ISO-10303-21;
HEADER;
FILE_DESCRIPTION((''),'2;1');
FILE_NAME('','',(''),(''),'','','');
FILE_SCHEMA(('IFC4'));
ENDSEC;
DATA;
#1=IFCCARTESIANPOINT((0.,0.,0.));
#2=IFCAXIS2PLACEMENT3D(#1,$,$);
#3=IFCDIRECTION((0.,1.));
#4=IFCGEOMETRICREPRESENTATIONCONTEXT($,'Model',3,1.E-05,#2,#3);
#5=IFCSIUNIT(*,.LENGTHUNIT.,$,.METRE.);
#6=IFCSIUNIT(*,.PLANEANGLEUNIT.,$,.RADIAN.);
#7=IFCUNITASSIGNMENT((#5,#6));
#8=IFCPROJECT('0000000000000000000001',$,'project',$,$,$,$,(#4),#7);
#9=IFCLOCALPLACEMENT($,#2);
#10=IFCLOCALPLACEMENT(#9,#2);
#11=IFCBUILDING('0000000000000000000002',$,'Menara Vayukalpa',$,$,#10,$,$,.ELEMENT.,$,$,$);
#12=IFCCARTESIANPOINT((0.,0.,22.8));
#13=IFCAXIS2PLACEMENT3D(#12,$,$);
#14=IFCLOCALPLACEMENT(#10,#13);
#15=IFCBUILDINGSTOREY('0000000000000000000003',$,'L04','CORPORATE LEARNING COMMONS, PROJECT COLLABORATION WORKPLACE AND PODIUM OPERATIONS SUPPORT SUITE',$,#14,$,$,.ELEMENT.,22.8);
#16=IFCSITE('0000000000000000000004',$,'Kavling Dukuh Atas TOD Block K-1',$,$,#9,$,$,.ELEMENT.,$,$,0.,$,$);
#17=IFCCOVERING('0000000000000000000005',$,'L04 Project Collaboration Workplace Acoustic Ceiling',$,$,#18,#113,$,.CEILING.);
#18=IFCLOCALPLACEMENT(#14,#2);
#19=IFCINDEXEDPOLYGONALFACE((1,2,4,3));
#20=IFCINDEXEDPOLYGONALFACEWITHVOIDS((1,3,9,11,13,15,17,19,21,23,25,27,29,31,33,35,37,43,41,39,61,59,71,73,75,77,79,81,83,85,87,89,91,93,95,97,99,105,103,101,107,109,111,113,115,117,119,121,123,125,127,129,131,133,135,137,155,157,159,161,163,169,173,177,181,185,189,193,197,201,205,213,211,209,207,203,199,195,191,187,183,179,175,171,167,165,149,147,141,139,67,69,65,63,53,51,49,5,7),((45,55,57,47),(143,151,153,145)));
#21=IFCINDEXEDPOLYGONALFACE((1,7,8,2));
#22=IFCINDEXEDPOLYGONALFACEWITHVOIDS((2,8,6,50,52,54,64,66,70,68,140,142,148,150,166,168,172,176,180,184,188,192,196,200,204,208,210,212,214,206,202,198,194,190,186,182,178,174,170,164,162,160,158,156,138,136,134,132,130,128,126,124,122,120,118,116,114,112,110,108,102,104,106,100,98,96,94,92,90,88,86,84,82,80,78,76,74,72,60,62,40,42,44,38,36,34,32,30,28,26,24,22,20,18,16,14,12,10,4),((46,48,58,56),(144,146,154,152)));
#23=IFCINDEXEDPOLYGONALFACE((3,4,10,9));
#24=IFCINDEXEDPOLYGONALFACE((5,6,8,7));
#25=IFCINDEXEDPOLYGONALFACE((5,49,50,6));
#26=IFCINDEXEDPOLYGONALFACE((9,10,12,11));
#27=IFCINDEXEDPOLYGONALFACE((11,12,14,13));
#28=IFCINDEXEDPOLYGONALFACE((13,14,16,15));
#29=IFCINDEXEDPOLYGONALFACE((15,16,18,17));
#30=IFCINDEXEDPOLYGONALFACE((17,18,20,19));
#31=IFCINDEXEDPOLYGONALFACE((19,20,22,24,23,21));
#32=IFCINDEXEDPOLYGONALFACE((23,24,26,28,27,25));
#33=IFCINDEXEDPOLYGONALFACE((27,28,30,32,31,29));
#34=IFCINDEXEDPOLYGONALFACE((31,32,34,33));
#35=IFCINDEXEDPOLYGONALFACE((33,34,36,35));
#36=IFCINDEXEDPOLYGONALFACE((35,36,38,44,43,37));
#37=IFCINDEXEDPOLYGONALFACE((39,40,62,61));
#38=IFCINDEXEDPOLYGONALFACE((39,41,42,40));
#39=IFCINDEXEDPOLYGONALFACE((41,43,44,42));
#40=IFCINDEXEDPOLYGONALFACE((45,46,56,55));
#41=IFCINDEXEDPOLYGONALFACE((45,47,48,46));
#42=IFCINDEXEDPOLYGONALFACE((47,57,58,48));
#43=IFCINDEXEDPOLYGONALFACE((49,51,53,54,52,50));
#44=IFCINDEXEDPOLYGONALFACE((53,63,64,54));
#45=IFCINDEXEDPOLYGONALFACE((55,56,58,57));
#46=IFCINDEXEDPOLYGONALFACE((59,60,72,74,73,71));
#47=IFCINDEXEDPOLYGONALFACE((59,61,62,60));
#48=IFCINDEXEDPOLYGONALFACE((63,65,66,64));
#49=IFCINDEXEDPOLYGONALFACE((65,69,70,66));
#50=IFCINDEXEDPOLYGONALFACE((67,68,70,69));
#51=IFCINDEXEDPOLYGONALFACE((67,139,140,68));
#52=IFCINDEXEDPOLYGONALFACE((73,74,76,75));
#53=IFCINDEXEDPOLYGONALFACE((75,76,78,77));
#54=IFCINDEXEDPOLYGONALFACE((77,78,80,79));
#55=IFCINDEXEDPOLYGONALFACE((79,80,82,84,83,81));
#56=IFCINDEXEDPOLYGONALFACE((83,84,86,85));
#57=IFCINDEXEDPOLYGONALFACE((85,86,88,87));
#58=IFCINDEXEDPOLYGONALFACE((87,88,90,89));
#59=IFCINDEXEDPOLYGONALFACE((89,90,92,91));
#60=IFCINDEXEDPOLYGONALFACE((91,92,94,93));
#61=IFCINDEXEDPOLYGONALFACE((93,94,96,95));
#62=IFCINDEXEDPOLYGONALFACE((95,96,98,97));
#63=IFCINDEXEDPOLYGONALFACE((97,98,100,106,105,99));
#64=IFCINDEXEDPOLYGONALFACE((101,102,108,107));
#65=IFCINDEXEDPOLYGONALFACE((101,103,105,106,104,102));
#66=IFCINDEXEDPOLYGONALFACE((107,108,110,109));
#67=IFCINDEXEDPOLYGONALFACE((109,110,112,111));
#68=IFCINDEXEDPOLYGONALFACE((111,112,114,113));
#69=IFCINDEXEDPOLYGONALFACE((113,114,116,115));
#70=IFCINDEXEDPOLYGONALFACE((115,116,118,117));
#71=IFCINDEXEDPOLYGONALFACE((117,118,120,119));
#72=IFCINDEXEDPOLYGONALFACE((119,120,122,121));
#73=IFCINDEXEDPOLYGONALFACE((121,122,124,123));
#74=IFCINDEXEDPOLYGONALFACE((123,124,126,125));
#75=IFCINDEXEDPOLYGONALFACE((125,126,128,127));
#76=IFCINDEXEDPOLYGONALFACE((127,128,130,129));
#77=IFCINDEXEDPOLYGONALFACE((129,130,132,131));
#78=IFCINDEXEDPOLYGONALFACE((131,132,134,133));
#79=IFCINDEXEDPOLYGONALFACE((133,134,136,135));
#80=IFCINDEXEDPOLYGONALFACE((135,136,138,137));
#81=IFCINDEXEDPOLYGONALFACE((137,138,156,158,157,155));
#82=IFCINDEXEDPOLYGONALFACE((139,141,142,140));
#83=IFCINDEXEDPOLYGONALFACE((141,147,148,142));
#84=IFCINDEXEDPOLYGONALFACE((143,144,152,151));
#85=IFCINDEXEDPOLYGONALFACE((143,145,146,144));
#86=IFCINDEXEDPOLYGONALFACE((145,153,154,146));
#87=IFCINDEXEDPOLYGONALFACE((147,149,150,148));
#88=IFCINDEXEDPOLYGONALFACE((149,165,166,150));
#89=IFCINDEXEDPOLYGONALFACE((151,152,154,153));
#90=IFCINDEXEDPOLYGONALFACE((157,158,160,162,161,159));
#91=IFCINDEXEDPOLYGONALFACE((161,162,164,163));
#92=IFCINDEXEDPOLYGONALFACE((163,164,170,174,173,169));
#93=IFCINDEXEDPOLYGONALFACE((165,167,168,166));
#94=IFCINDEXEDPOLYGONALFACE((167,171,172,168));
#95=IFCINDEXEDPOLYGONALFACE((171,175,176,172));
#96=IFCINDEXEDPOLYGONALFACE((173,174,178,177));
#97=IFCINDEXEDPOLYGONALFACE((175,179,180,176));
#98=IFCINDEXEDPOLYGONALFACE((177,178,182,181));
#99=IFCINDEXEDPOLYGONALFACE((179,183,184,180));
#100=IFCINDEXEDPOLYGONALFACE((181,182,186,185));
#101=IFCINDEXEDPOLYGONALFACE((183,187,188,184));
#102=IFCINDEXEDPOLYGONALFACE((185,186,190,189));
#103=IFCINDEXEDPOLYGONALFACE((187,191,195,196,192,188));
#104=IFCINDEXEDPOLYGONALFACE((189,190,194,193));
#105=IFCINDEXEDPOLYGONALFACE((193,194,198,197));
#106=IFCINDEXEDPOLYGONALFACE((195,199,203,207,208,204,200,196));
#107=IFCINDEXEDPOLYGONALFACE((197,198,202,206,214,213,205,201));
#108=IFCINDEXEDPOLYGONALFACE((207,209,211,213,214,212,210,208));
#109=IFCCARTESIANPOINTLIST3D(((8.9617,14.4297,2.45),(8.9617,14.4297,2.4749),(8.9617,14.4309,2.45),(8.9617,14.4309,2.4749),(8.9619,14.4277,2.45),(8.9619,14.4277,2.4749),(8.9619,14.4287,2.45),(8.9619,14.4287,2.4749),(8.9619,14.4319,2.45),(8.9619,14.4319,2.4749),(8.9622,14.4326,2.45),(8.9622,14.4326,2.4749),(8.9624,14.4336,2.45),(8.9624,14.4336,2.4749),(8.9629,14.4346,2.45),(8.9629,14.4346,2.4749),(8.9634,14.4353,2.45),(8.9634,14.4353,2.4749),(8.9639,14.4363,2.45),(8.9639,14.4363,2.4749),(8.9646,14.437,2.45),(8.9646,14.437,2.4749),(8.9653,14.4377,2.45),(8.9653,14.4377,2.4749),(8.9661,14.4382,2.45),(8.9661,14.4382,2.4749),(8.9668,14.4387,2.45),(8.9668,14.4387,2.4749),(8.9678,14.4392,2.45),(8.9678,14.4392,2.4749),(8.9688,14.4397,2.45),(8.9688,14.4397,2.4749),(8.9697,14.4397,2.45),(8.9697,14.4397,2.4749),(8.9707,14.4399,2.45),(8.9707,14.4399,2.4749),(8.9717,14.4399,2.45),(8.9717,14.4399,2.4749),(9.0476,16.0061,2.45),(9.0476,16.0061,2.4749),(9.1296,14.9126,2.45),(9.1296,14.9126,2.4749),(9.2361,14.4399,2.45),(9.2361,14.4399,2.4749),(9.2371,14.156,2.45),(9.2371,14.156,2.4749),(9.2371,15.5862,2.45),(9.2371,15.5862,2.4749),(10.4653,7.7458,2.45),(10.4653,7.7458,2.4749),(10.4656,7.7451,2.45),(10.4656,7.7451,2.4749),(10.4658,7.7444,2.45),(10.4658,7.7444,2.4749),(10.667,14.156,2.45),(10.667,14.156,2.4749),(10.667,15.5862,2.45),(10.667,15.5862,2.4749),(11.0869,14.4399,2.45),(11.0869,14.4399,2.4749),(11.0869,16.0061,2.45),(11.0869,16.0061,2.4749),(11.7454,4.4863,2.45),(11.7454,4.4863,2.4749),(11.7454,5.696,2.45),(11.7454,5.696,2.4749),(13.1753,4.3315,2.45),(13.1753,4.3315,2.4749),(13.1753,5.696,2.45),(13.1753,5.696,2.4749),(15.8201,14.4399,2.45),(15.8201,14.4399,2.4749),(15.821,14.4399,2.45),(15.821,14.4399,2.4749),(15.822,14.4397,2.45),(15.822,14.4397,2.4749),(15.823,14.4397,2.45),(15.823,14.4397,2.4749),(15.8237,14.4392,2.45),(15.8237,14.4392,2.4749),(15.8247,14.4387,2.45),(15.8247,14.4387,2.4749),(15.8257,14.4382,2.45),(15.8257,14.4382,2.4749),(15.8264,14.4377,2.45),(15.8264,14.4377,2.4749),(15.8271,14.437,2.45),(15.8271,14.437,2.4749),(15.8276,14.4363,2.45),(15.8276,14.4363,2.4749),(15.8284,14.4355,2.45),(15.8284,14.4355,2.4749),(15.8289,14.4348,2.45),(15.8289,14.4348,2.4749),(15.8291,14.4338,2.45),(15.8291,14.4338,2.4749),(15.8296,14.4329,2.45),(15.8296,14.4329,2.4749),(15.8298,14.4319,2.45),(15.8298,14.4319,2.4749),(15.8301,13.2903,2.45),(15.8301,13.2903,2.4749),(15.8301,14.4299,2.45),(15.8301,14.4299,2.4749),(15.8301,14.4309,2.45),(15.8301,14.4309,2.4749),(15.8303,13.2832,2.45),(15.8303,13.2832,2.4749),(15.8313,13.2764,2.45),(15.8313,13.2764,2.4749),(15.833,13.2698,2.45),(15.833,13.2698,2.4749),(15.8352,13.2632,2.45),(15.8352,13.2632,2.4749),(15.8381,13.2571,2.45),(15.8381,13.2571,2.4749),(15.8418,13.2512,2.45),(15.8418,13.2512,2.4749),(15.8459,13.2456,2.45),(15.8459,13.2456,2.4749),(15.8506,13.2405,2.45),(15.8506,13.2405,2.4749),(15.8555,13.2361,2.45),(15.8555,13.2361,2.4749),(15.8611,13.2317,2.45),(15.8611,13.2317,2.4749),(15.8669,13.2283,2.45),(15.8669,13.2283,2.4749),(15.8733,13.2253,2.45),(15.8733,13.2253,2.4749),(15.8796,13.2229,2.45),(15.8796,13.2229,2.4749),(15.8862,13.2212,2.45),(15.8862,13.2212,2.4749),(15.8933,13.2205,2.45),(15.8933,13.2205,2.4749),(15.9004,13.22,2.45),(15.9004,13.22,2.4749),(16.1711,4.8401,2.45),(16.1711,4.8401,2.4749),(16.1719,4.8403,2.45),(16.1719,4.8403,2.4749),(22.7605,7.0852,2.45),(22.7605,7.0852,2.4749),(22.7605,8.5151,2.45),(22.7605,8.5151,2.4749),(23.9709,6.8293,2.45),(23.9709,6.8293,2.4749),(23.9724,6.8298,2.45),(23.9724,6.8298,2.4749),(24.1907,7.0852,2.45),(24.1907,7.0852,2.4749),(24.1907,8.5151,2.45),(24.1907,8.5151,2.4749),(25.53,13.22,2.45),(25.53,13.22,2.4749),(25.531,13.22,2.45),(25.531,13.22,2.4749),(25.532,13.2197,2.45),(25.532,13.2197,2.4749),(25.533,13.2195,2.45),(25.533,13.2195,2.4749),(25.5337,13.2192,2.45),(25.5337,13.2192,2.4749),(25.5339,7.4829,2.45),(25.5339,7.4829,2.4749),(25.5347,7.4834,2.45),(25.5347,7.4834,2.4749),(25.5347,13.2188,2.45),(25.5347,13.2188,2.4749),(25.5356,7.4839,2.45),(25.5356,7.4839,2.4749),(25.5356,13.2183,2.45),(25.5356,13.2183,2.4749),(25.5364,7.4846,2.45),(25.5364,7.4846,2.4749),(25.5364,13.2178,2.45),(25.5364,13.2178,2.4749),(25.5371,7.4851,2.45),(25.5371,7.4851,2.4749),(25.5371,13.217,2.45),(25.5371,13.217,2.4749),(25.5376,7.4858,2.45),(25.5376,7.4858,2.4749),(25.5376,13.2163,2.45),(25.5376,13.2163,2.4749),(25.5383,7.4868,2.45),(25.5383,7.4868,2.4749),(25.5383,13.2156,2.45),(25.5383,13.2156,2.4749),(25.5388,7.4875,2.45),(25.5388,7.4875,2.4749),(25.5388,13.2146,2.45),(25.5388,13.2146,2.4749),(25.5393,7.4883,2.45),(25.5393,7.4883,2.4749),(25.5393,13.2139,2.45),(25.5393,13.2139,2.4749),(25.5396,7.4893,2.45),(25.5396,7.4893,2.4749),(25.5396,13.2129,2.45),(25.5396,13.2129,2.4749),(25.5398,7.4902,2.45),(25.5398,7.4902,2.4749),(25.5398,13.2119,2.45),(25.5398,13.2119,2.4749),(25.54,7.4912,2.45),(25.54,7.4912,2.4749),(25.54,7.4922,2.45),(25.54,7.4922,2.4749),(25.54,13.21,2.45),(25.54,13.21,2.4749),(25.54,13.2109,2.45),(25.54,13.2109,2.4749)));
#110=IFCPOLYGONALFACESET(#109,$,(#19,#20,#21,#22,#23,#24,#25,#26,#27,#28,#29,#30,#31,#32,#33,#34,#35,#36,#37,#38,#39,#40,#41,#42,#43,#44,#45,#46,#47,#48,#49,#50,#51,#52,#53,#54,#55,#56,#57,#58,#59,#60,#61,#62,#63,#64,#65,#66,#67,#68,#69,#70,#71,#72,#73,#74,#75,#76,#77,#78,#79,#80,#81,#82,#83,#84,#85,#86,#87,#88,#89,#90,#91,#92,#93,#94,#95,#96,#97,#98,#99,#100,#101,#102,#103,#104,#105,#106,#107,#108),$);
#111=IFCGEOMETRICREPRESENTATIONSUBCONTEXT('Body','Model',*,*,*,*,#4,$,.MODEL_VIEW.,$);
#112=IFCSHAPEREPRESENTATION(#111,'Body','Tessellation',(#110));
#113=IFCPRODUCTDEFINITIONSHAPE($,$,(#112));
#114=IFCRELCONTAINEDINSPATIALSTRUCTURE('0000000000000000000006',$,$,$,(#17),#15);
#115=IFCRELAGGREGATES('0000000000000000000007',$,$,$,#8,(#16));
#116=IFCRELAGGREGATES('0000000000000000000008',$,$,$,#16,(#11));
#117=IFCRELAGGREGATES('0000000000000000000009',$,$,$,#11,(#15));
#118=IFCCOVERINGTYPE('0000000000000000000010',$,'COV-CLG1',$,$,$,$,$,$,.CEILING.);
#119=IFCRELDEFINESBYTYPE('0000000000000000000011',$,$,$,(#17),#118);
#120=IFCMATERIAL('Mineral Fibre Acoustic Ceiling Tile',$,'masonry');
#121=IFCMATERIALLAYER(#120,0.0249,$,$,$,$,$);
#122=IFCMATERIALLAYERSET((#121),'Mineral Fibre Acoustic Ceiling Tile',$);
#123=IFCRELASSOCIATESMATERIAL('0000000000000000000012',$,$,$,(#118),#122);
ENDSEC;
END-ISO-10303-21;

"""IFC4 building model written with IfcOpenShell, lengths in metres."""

from ifc_helpers import new_model, si_unit, direction, frame, origin, place, context, subcontext, project, spatial, polyline, outline, extrude, material, layer, layer_set, type_object, element, save


model = new_model("IFC4")

# Units and contexts
model_context = context("Model", 3, precision=1e-05, world=origin(), true_north=direction((0.0, 1.0)))
body_context = subcontext(model_context, "Body", "Model", "MODEL_VIEW")
ifc_project = project(units=[si_unit("LENGTHUNIT", "METRE"), si_unit("PLANEANGLEUNIT", "RADIAN")], contexts=[model_context])

# Site, building, storey
site_placement = place(None, origin())
site = spatial("IfcSite", under=ifc_project, at=site_placement, Name="Kavling Dukuh Atas TOD Block K-1", CompositionType="ELEMENT", RefElevation=0.0)
building_placement = place(site_placement, origin())
building = spatial("IfcBuilding", under=site, at=building_placement, Name="Menara Vayukalpa", CompositionType="ELEMENT")
storey_placement = place(building_placement, frame((0.0, 0.0, 22.8)))
storey = spatial("IfcBuildingStorey", under=building, at=storey_placement, Name="L04", Description="CORPORATE LEARNING COMMONS, PROJECT COLLABORATION WORKPLACE AND PODIUM OPERATIONS SUPPORT SUITE", CompositionType="ELEMENT", Elevation=22.8)

# Covering
ifc_material_1 = material(Name="Mineral Fibre Acoustic Ceiling Tile", Category="masonry")
ifc_layer_1 = layer(ifc_material_1, 0.0249)
ifc_layer_set_1 = layer_set([ifc_layer_1], Name="Mineral Fibre Acoustic Ceiling Tile")
covering_type_1 = type_object("IfcCoveringType", Name="COV-CLG1", PredefinedType="CEILING", material=ifc_layer_set_1)
covering_1_placement = place(storey_placement, frame((0.0, 0.0, 2.45)))
element("IfcCovering", 1, at=covering_1_placement, inside=storey, type_object=covering_type_1, Name="L04 Project Collaboration Workplace Acoustic Ceiling", PredefinedType="CEILING", context=body_context, shape_type="SweptSolid", body=[
    extrude(outline(polyline([(16.1711, 4.8401), (13.1753, 4.3315), (13.1753, 5.696), (11.7454, 5.696), (11.7454, 4.4863), (10.4658, 7.7444), (10.4656, 7.7451), (10.4653, 7.7458), (8.9619, 14.4277), (8.9619, 14.4287), (8.9617, 14.4297), (8.9617, 14.4309), (8.9619, 14.4319), (8.9622, 14.4326), (8.9624, 14.4336), (8.9629, 14.4346), (8.9634, 14.4353), (8.9639, 14.4363), (8.9646, 14.437), (8.9653, 14.4377), (8.9661, 14.4382), (8.9668, 14.4387), (8.9678, 14.4392), (8.9688, 14.4397), (8.9697, 14.4397), (8.9707, 14.4399), (8.9717, 14.4399), (9.2361, 14.4399), (9.1296, 14.9126), (9.0476, 16.0061), (11.0869, 16.0061), (11.0869, 14.4399), (15.8201, 14.4399), (15.821, 14.4399), (15.822, 14.4397), (15.823, 14.4397), (15.8237, 14.4392), (15.8247, 14.4387), (15.8257, 14.4382), (15.8264, 14.4377), (15.8271, 14.437), (15.8276, 14.4363), (15.8284, 14.4355), (15.8289, 14.4348), (15.8291, 14.4338), (15.8296, 14.4329), (15.8298, 14.4319), (15.8301, 14.4309), (15.8301, 14.4299), (15.8301, 13.2903), (15.8303, 13.2832), (15.8313, 13.2764), (15.833, 13.2698), (15.8352, 13.2632), (15.8381, 13.2571), (15.8418, 13.2512), (15.8459, 13.2456), (15.8506, 13.2405), (15.8555, 13.2361), (15.8611, 13.2317), (15.8669, 13.2283), (15.8733, 13.2253), (15.8796, 13.2229), (15.8862, 13.2212), (15.8933, 13.2205), (15.9004, 13.22), (25.53, 13.22), (25.531, 13.22), (25.532, 13.2197), (25.533, 13.2195), (25.5337, 13.2192), (25.5347, 13.2188), (25.5356, 13.2183), (25.5364, 13.2178), (25.5371, 13.217), (25.5376, 13.2163), (25.5383, 13.2156), (25.5388, 13.2146), (25.5393, 13.2139), (25.5396, 13.2129), (25.5398, 13.2119), (25.54, 13.2109), (25.54, 13.21), (25.54, 7.4922), (25.54, 7.4912), (25.5398, 7.4902), (25.5396, 7.4893), (25.5393, 7.4883), (25.5388, 7.4875), (25.5383, 7.4868), (25.5376, 7.4858), (25.5371, 7.4851), (25.5364, 7.4846), (25.5356, 7.4839), (25.5347, 7.4834), (25.5339, 7.4829), (23.9724, 6.8298), (23.9709, 6.8293), (16.1719, 4.8403), (16.1711, 4.8401)]), holes=[polyline([(24.1907, 8.5151), (22.7605, 8.5151), (22.7605, 7.0852), (24.1907, 7.0852), (24.1907, 8.5151)]), polyline([(10.667, 15.5862), (9.2371, 15.5862), (9.2371, 14.156), (10.667, 14.156), (10.667, 15.5862)])]), origin(), (0.0, 0.0, 1.0), 0.0249),
])

save(model, "model.ifc")
